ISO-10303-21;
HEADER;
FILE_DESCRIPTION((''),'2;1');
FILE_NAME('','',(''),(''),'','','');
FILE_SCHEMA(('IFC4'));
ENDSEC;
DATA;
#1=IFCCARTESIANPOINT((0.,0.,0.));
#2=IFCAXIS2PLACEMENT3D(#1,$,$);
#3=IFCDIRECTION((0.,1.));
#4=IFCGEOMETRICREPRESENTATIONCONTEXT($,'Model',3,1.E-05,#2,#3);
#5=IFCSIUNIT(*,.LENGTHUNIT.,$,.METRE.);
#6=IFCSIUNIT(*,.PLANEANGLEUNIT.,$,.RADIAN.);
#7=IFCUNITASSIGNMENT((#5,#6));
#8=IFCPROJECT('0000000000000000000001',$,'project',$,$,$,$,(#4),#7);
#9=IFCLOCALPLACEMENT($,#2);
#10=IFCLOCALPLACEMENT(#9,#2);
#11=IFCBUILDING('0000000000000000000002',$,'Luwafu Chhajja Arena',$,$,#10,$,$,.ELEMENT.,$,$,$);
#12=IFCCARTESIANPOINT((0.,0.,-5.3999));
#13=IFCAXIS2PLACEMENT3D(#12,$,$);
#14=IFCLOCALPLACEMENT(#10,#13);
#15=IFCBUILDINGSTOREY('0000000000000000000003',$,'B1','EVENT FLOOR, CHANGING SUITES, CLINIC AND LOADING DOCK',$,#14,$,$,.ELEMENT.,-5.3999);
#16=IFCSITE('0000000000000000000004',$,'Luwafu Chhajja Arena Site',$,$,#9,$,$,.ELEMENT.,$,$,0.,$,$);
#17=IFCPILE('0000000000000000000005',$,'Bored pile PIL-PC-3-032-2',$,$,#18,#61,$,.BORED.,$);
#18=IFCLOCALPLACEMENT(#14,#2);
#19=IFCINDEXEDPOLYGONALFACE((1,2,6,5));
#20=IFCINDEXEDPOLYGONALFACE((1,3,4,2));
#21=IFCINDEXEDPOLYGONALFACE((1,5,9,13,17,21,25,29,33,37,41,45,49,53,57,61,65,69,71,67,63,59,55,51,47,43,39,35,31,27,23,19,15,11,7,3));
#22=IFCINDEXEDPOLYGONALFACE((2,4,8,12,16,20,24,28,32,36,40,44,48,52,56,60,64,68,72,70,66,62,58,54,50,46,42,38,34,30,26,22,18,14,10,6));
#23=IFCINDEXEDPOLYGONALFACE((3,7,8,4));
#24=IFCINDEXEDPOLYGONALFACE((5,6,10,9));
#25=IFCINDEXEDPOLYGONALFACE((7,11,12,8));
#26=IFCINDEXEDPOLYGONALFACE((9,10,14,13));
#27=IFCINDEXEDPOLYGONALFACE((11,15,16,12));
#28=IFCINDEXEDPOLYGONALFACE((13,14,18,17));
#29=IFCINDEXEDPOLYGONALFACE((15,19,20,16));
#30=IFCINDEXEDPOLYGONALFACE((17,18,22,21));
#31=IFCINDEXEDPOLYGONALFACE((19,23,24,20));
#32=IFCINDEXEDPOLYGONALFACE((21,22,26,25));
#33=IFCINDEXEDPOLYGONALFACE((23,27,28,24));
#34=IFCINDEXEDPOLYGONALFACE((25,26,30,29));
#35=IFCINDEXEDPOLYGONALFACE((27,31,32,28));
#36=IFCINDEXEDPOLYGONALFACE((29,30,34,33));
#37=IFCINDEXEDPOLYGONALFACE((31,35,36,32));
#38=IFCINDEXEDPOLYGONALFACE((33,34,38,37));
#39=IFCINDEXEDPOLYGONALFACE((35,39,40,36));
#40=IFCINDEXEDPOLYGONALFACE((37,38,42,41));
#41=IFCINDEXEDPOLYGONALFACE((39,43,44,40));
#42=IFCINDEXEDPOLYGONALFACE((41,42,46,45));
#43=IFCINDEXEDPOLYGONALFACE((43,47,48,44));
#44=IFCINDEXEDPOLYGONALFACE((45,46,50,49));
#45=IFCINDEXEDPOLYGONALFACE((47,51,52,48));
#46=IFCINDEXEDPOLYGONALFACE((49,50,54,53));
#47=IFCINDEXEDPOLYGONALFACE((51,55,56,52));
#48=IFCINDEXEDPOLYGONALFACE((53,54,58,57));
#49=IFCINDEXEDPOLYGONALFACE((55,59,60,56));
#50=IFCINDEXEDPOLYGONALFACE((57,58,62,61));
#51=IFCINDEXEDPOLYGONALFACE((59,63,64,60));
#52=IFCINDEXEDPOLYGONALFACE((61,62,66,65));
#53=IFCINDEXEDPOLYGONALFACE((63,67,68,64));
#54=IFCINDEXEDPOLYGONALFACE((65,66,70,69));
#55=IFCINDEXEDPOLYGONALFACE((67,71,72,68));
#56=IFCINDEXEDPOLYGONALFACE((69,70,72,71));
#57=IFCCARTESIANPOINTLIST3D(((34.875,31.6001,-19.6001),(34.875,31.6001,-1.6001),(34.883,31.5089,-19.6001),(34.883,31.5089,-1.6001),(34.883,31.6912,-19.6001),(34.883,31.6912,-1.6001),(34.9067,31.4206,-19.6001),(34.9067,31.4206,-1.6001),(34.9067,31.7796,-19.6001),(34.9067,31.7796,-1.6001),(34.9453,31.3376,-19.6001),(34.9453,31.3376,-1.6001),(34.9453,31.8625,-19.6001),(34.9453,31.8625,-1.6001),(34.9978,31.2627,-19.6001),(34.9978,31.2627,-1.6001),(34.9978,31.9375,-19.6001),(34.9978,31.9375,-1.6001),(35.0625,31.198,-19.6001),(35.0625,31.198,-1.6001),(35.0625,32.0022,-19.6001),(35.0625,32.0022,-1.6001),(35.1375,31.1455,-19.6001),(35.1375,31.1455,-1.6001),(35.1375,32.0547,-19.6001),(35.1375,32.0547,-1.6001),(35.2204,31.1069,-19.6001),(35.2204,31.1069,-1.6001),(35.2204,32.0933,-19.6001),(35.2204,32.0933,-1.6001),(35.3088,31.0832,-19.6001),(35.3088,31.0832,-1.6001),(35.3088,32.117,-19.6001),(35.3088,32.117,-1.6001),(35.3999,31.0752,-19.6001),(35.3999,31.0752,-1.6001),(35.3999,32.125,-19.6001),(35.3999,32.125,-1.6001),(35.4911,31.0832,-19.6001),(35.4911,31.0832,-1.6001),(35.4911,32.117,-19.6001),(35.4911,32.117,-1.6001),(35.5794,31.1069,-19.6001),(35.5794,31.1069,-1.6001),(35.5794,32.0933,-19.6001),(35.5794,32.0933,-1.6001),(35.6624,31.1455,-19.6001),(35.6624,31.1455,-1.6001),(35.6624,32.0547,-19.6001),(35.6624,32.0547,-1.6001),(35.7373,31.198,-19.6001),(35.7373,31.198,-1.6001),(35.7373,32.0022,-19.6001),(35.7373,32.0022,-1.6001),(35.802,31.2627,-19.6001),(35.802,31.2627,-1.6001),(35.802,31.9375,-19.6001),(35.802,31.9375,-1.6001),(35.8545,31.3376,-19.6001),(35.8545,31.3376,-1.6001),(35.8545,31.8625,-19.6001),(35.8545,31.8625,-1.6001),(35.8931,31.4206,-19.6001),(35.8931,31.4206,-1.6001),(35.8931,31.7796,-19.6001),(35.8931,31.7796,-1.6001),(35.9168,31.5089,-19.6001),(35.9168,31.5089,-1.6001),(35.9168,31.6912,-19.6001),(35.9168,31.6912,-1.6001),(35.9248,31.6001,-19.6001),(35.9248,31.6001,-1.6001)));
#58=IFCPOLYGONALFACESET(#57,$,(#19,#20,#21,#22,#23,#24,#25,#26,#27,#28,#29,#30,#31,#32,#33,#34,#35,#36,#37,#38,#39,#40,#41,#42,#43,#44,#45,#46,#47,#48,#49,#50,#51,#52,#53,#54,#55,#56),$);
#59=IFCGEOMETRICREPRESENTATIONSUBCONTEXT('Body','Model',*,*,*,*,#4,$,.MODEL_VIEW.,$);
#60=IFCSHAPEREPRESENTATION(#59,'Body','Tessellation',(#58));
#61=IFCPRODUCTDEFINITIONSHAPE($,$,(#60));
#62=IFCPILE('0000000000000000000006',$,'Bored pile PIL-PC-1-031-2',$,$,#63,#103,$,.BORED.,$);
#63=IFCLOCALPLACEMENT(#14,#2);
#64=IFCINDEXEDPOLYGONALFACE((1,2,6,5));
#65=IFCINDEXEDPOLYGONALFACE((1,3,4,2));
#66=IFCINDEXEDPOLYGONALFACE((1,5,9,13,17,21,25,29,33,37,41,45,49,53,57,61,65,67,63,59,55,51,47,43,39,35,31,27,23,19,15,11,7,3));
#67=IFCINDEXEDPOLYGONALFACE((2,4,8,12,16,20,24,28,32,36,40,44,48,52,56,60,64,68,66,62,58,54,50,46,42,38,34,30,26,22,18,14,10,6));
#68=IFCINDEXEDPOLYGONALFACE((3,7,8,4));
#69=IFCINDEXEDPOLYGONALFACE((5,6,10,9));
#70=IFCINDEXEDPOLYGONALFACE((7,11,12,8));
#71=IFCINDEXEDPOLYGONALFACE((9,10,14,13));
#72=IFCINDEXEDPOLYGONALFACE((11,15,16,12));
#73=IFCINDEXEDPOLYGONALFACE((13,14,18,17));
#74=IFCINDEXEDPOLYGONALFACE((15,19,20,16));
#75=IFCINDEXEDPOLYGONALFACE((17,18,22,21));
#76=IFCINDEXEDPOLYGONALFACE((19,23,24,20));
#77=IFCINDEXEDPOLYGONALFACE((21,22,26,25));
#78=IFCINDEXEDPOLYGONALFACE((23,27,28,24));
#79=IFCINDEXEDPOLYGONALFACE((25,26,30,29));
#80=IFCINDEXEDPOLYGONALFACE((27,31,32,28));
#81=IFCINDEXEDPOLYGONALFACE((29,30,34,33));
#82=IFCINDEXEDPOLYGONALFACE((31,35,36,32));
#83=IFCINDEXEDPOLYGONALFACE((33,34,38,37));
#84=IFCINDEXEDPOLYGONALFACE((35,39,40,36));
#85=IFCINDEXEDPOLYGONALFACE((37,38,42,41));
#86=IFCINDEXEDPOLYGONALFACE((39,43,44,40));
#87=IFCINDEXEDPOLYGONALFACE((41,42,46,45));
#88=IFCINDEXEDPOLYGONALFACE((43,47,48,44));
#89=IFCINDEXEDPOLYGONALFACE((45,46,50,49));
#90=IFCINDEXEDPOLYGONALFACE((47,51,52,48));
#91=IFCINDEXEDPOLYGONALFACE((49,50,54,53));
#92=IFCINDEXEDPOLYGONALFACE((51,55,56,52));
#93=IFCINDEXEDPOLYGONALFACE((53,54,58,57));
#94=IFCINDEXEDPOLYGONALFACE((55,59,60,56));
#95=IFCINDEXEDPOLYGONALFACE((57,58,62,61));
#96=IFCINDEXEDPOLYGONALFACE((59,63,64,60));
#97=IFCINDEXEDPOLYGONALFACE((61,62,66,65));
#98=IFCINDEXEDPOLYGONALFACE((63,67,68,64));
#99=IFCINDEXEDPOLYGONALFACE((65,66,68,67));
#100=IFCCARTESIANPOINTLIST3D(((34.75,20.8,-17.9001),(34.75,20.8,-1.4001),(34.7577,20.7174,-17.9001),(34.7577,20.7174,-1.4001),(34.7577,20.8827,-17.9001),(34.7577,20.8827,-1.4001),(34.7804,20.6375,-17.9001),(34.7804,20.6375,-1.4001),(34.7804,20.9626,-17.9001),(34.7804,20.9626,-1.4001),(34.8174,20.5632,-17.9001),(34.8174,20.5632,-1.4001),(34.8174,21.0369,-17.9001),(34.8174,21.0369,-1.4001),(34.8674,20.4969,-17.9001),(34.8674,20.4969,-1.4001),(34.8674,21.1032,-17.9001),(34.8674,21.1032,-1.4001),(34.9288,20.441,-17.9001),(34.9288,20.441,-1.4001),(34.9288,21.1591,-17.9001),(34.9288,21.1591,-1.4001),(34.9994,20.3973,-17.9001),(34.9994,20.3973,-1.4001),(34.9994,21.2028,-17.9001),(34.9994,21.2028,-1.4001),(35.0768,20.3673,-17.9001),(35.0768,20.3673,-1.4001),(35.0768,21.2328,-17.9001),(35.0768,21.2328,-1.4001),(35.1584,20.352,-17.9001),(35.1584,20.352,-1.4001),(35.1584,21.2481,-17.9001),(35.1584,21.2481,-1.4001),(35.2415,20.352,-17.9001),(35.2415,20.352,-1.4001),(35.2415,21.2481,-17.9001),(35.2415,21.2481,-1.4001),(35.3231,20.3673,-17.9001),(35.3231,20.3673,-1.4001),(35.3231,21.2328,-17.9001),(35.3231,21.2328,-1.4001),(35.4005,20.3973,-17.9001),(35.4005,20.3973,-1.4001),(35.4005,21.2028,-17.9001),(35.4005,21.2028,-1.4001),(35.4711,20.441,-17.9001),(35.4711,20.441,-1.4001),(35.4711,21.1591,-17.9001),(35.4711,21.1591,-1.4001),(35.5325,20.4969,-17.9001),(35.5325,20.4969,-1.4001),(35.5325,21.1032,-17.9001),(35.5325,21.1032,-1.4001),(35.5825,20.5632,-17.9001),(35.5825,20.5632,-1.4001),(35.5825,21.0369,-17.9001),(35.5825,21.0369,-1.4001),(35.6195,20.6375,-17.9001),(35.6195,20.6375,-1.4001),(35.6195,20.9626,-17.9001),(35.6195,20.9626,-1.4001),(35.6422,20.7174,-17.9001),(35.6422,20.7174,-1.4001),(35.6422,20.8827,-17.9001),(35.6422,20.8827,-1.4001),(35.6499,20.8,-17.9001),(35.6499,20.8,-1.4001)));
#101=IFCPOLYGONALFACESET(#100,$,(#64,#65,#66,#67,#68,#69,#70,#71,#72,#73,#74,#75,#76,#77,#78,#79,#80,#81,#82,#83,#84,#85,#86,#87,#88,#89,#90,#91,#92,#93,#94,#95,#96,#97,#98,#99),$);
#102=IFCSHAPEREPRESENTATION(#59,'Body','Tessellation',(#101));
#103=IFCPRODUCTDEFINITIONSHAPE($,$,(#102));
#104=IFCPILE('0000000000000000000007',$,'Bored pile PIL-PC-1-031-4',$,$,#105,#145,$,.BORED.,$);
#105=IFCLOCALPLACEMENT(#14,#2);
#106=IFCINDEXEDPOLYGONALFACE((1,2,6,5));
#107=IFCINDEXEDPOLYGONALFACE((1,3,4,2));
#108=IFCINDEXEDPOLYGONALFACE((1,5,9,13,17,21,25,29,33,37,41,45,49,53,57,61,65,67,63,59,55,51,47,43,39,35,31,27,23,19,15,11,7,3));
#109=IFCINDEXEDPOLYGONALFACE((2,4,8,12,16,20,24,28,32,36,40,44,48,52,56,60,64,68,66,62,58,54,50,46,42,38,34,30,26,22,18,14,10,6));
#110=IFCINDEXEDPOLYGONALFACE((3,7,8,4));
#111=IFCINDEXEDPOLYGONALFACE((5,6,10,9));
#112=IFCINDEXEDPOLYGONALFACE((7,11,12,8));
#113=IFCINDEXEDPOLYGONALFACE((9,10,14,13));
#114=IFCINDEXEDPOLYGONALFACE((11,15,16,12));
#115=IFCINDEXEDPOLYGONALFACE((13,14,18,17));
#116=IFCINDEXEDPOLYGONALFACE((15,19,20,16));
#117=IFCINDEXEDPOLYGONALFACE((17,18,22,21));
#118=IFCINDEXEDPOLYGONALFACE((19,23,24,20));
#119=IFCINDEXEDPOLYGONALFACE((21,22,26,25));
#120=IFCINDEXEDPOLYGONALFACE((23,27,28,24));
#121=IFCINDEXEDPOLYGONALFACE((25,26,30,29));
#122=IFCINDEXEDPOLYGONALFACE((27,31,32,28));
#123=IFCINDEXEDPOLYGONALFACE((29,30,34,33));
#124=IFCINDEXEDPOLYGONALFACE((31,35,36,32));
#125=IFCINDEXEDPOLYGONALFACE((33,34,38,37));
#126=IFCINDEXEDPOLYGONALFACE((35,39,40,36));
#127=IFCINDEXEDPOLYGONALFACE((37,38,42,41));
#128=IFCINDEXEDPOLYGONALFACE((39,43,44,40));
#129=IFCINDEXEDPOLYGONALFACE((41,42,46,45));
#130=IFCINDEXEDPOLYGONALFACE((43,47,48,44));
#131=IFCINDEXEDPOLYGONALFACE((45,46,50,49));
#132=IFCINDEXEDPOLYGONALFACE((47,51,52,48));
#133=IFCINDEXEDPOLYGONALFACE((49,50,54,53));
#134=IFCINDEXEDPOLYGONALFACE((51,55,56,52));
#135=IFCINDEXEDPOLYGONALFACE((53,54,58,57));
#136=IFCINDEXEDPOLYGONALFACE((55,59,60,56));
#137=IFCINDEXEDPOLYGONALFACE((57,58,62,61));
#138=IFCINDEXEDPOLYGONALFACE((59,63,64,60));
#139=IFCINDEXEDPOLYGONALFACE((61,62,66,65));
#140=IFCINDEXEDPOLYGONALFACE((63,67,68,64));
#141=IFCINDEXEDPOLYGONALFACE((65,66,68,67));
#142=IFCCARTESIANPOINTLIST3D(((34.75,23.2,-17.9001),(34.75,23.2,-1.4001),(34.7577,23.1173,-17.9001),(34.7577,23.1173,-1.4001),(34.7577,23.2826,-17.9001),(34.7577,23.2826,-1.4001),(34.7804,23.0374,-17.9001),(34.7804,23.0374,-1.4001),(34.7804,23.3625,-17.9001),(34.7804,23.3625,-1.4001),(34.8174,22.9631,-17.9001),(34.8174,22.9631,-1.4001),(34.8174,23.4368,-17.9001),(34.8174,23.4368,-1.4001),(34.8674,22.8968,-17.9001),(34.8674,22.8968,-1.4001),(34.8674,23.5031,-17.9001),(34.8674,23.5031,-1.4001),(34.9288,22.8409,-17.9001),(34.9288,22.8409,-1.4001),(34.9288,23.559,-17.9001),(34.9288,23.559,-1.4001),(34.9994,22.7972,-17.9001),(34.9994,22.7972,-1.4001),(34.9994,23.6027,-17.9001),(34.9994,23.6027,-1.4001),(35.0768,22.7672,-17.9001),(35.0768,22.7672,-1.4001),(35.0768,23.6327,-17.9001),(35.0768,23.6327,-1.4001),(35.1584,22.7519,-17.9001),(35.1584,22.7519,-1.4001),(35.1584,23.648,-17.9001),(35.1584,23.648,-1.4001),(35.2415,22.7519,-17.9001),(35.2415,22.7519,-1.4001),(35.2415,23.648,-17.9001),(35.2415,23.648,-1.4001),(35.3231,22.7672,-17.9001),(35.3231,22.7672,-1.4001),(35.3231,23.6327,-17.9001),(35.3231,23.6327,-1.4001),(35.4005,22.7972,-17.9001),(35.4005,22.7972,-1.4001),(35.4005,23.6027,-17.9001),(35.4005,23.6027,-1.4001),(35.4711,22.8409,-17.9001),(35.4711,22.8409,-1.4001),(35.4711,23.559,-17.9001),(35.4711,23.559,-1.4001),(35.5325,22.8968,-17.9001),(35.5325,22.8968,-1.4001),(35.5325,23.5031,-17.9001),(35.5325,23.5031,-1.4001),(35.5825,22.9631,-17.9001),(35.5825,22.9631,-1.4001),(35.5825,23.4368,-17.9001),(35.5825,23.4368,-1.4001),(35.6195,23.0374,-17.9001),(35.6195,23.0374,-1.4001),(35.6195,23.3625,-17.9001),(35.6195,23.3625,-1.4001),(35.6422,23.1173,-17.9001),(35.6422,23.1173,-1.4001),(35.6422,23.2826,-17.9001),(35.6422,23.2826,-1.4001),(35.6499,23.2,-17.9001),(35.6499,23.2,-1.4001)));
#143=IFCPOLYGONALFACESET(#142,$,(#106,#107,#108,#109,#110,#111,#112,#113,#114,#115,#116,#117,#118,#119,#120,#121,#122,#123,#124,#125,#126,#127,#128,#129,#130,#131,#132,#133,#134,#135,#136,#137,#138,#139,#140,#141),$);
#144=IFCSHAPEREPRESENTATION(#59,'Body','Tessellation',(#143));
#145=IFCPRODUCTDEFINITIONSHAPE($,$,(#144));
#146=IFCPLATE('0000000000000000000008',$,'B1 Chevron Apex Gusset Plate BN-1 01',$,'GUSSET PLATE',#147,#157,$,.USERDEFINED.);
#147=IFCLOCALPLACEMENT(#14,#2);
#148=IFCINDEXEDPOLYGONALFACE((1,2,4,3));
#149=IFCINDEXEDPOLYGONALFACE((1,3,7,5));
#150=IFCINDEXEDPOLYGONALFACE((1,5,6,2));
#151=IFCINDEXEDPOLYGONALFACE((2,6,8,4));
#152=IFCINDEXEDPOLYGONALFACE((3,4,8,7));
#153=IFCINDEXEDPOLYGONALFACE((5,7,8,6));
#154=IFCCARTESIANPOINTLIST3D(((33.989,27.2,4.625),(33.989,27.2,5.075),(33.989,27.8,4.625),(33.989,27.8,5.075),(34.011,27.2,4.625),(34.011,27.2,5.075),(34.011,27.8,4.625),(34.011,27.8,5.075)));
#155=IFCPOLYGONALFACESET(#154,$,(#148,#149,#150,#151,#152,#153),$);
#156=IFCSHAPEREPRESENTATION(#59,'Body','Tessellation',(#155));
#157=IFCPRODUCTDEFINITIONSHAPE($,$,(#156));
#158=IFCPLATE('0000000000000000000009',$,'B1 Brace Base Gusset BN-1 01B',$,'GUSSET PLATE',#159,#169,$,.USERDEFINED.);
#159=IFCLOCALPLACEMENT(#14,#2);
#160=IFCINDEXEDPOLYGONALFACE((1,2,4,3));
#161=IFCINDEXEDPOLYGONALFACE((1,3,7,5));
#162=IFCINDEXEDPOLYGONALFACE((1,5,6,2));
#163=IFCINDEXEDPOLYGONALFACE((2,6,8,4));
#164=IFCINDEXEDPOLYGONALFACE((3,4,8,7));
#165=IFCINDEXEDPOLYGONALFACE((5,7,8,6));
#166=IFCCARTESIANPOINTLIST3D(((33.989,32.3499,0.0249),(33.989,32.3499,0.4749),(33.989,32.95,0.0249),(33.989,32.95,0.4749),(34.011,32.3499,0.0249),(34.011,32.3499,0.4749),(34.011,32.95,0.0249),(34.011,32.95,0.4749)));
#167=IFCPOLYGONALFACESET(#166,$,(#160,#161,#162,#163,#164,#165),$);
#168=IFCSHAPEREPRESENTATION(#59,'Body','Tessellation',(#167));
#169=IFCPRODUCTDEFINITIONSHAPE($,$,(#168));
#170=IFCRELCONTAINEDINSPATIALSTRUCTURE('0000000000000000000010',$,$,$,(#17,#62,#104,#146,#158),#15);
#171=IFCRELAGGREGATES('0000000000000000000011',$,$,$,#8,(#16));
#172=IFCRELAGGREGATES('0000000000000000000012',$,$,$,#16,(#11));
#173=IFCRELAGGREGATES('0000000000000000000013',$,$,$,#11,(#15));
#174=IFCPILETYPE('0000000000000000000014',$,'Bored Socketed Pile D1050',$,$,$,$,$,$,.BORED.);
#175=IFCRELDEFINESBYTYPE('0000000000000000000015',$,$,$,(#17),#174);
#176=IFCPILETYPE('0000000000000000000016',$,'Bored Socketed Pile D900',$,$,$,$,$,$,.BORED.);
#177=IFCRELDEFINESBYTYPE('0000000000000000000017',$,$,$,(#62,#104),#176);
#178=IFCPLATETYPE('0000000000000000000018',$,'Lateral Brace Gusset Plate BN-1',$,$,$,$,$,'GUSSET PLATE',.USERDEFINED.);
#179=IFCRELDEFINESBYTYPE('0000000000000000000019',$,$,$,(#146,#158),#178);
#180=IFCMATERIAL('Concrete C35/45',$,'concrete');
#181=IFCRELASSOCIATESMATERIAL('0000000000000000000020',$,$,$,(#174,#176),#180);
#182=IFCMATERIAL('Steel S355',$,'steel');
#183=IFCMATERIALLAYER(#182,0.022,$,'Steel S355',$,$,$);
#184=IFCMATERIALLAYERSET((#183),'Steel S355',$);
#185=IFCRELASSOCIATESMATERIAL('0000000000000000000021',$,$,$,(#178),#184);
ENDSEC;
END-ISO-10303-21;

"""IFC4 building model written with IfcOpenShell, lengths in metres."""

from ifc_helpers import new_model, si_unit, direction, frame, origin, origin_2d, place, context, subcontext, project, spatial, rectangle, circle, extrude, material, layer, layer_set, material_profile, profile_set, type_object, element, save


model = new_model("IFC4")

# Units and contexts
model_context = context("Model", 3, precision=1e-05, world=origin(), true_north=direction((0.0, 1.0)))
body_context = subcontext(model_context, "Body", "Model", "MODEL_VIEW")
ifc_project = project(units=[si_unit("LENGTHUNIT", "METRE"), si_unit("PLANEANGLEUNIT", "RADIAN")], contexts=[model_context])

# Site, building, storey
site_placement = place(None, origin())
site = spatial("IfcSite", under=ifc_project, at=site_placement, Name="Luwafu Chhajja Arena Site", CompositionType="ELEMENT", RefElevation=0.0)
building_placement = place(site_placement, origin())
building = spatial("IfcBuilding", under=site, at=building_placement, Name="Luwafu Chhajja Arena", CompositionType="ELEMENT")
storey_placement = place(building_placement, frame((0.0, 0.0, -5.3999)))
storey = spatial("IfcBuildingStorey", under=building, at=storey_placement, Name="B1", Description="EVENT FLOOR, CHANGING SUITES, CLINIC AND LOADING DOCK", CompositionType="ELEMENT", Elevation=-5.3999)

# Piles
ifc_material_1 = material(Name="Concrete C35/45", Category="concrete")
ifc_material_profile_1 = material_profile(ifc_material_1, circle(Radius=0.5249, at=origin_2d()), Name="PILE D1050")
ifc_profile_set_1 = profile_set([ifc_material_profile_1], Name="Concrete C35/45")
pile_type_1 = type_object("IfcPileType", Name="Bored Socketed Pile D1050", PredefinedType="BORED", material=ifc_profile_set_1)
pile_placement = place(storey_placement, frame((35.3999, 31.6001, -1.6001), z_axis=(0.0, 0.0, -1.0), x_axis=(1.0, 0.0, 0.0)))
element("IfcPile", 1, at=pile_placement, inside=storey, type_object=pile_type_1, Name="Bored pile PIL-PC-3-032-2", PredefinedType="BORED", context=body_context, shape_type="SweptSolid", body=[
    extrude(circle(Radius=0.5249, at=origin_2d()), origin(), (0.0, 0.0, 1.0), 18.0),
])
ifc_material_profile_2 = material_profile(ifc_material_1, circle(Radius=0.45, at=origin_2d()), Name="PILE D900")
ifc_profile_set_2 = profile_set([ifc_material_profile_2], Name="Concrete C35/45")
pile_type_2 = type_object("IfcPileType", Name="Bored Socketed Pile D900", PredefinedType="BORED", material=ifc_profile_set_2)
for number, where, z_axis, x_axis, name in (
    (2, (35.2, 20.8, -1.4001), (0.0, 0.0, -1.0), (1.0, 0.0, 0.0), "Bored pile PIL-PC-1-031-2"),
    (3, (35.2, 23.2, -1.4001), (0.0, 0.0, -1.0), (1.0, 0.0, 0.0), "Bored pile PIL-PC-1-031-4"),
):
    element("IfcPile", number, at=place(storey_placement, frame(where, z_axis=z_axis, x_axis=x_axis)), inside=storey, type_object=pile_type_2, Name=name, PredefinedType="BORED", context=body_context, shape_type="SweptSolid", body=[
        extrude(circle(Radius=0.45, at=origin_2d()), origin(), (0.0, 0.0, 1.0), 16.5),
    ])

# Plates
ifc_material_2 = material(Name="Steel S355", Category="steel")
ifc_layer_1 = layer(ifc_material_2, 0.022, Name="Steel S355")
ifc_layer_set_1 = layer_set([ifc_layer_1], Name="Steel S355")
plate_type = type_object("IfcPlateType", Name="Lateral Brace Gusset Plate BN-1", ElementType="GUSSET PLATE", PredefinedType="USERDEFINED", material=ifc_layer_set_1)
for number, where, z_axis, x_axis, name in (
    (4, (34.0, 27.5, 4.625), (0.0, 0.0, 1.0), (1.0, 0.0, 0.0), "B1 Chevron Apex Gusset Plate BN-1 01"),
    (5, (34.0, 32.6499, 0.0249), (0.0, 0.0, 1.0), (1.0, 0.0, 0.0), "B1 Brace Base Gusset BN-1 01B"),
):
    element("IfcPlate", number, at=place(storey_placement, frame(where, z_axis=z_axis, x_axis=x_axis)), inside=storey, type_object=plate_type, Name=name, ObjectType="GUSSET PLATE", PredefinedType="USERDEFINED", context=body_context, shape_type="SweptSolid", body=[
        extrude(rectangle(XDim=0.022, YDim=0.6001, at=origin_2d()), origin(), (0.0, 0.0, 1.0), 0.45),
    ])

save(model, "model.ifc")
